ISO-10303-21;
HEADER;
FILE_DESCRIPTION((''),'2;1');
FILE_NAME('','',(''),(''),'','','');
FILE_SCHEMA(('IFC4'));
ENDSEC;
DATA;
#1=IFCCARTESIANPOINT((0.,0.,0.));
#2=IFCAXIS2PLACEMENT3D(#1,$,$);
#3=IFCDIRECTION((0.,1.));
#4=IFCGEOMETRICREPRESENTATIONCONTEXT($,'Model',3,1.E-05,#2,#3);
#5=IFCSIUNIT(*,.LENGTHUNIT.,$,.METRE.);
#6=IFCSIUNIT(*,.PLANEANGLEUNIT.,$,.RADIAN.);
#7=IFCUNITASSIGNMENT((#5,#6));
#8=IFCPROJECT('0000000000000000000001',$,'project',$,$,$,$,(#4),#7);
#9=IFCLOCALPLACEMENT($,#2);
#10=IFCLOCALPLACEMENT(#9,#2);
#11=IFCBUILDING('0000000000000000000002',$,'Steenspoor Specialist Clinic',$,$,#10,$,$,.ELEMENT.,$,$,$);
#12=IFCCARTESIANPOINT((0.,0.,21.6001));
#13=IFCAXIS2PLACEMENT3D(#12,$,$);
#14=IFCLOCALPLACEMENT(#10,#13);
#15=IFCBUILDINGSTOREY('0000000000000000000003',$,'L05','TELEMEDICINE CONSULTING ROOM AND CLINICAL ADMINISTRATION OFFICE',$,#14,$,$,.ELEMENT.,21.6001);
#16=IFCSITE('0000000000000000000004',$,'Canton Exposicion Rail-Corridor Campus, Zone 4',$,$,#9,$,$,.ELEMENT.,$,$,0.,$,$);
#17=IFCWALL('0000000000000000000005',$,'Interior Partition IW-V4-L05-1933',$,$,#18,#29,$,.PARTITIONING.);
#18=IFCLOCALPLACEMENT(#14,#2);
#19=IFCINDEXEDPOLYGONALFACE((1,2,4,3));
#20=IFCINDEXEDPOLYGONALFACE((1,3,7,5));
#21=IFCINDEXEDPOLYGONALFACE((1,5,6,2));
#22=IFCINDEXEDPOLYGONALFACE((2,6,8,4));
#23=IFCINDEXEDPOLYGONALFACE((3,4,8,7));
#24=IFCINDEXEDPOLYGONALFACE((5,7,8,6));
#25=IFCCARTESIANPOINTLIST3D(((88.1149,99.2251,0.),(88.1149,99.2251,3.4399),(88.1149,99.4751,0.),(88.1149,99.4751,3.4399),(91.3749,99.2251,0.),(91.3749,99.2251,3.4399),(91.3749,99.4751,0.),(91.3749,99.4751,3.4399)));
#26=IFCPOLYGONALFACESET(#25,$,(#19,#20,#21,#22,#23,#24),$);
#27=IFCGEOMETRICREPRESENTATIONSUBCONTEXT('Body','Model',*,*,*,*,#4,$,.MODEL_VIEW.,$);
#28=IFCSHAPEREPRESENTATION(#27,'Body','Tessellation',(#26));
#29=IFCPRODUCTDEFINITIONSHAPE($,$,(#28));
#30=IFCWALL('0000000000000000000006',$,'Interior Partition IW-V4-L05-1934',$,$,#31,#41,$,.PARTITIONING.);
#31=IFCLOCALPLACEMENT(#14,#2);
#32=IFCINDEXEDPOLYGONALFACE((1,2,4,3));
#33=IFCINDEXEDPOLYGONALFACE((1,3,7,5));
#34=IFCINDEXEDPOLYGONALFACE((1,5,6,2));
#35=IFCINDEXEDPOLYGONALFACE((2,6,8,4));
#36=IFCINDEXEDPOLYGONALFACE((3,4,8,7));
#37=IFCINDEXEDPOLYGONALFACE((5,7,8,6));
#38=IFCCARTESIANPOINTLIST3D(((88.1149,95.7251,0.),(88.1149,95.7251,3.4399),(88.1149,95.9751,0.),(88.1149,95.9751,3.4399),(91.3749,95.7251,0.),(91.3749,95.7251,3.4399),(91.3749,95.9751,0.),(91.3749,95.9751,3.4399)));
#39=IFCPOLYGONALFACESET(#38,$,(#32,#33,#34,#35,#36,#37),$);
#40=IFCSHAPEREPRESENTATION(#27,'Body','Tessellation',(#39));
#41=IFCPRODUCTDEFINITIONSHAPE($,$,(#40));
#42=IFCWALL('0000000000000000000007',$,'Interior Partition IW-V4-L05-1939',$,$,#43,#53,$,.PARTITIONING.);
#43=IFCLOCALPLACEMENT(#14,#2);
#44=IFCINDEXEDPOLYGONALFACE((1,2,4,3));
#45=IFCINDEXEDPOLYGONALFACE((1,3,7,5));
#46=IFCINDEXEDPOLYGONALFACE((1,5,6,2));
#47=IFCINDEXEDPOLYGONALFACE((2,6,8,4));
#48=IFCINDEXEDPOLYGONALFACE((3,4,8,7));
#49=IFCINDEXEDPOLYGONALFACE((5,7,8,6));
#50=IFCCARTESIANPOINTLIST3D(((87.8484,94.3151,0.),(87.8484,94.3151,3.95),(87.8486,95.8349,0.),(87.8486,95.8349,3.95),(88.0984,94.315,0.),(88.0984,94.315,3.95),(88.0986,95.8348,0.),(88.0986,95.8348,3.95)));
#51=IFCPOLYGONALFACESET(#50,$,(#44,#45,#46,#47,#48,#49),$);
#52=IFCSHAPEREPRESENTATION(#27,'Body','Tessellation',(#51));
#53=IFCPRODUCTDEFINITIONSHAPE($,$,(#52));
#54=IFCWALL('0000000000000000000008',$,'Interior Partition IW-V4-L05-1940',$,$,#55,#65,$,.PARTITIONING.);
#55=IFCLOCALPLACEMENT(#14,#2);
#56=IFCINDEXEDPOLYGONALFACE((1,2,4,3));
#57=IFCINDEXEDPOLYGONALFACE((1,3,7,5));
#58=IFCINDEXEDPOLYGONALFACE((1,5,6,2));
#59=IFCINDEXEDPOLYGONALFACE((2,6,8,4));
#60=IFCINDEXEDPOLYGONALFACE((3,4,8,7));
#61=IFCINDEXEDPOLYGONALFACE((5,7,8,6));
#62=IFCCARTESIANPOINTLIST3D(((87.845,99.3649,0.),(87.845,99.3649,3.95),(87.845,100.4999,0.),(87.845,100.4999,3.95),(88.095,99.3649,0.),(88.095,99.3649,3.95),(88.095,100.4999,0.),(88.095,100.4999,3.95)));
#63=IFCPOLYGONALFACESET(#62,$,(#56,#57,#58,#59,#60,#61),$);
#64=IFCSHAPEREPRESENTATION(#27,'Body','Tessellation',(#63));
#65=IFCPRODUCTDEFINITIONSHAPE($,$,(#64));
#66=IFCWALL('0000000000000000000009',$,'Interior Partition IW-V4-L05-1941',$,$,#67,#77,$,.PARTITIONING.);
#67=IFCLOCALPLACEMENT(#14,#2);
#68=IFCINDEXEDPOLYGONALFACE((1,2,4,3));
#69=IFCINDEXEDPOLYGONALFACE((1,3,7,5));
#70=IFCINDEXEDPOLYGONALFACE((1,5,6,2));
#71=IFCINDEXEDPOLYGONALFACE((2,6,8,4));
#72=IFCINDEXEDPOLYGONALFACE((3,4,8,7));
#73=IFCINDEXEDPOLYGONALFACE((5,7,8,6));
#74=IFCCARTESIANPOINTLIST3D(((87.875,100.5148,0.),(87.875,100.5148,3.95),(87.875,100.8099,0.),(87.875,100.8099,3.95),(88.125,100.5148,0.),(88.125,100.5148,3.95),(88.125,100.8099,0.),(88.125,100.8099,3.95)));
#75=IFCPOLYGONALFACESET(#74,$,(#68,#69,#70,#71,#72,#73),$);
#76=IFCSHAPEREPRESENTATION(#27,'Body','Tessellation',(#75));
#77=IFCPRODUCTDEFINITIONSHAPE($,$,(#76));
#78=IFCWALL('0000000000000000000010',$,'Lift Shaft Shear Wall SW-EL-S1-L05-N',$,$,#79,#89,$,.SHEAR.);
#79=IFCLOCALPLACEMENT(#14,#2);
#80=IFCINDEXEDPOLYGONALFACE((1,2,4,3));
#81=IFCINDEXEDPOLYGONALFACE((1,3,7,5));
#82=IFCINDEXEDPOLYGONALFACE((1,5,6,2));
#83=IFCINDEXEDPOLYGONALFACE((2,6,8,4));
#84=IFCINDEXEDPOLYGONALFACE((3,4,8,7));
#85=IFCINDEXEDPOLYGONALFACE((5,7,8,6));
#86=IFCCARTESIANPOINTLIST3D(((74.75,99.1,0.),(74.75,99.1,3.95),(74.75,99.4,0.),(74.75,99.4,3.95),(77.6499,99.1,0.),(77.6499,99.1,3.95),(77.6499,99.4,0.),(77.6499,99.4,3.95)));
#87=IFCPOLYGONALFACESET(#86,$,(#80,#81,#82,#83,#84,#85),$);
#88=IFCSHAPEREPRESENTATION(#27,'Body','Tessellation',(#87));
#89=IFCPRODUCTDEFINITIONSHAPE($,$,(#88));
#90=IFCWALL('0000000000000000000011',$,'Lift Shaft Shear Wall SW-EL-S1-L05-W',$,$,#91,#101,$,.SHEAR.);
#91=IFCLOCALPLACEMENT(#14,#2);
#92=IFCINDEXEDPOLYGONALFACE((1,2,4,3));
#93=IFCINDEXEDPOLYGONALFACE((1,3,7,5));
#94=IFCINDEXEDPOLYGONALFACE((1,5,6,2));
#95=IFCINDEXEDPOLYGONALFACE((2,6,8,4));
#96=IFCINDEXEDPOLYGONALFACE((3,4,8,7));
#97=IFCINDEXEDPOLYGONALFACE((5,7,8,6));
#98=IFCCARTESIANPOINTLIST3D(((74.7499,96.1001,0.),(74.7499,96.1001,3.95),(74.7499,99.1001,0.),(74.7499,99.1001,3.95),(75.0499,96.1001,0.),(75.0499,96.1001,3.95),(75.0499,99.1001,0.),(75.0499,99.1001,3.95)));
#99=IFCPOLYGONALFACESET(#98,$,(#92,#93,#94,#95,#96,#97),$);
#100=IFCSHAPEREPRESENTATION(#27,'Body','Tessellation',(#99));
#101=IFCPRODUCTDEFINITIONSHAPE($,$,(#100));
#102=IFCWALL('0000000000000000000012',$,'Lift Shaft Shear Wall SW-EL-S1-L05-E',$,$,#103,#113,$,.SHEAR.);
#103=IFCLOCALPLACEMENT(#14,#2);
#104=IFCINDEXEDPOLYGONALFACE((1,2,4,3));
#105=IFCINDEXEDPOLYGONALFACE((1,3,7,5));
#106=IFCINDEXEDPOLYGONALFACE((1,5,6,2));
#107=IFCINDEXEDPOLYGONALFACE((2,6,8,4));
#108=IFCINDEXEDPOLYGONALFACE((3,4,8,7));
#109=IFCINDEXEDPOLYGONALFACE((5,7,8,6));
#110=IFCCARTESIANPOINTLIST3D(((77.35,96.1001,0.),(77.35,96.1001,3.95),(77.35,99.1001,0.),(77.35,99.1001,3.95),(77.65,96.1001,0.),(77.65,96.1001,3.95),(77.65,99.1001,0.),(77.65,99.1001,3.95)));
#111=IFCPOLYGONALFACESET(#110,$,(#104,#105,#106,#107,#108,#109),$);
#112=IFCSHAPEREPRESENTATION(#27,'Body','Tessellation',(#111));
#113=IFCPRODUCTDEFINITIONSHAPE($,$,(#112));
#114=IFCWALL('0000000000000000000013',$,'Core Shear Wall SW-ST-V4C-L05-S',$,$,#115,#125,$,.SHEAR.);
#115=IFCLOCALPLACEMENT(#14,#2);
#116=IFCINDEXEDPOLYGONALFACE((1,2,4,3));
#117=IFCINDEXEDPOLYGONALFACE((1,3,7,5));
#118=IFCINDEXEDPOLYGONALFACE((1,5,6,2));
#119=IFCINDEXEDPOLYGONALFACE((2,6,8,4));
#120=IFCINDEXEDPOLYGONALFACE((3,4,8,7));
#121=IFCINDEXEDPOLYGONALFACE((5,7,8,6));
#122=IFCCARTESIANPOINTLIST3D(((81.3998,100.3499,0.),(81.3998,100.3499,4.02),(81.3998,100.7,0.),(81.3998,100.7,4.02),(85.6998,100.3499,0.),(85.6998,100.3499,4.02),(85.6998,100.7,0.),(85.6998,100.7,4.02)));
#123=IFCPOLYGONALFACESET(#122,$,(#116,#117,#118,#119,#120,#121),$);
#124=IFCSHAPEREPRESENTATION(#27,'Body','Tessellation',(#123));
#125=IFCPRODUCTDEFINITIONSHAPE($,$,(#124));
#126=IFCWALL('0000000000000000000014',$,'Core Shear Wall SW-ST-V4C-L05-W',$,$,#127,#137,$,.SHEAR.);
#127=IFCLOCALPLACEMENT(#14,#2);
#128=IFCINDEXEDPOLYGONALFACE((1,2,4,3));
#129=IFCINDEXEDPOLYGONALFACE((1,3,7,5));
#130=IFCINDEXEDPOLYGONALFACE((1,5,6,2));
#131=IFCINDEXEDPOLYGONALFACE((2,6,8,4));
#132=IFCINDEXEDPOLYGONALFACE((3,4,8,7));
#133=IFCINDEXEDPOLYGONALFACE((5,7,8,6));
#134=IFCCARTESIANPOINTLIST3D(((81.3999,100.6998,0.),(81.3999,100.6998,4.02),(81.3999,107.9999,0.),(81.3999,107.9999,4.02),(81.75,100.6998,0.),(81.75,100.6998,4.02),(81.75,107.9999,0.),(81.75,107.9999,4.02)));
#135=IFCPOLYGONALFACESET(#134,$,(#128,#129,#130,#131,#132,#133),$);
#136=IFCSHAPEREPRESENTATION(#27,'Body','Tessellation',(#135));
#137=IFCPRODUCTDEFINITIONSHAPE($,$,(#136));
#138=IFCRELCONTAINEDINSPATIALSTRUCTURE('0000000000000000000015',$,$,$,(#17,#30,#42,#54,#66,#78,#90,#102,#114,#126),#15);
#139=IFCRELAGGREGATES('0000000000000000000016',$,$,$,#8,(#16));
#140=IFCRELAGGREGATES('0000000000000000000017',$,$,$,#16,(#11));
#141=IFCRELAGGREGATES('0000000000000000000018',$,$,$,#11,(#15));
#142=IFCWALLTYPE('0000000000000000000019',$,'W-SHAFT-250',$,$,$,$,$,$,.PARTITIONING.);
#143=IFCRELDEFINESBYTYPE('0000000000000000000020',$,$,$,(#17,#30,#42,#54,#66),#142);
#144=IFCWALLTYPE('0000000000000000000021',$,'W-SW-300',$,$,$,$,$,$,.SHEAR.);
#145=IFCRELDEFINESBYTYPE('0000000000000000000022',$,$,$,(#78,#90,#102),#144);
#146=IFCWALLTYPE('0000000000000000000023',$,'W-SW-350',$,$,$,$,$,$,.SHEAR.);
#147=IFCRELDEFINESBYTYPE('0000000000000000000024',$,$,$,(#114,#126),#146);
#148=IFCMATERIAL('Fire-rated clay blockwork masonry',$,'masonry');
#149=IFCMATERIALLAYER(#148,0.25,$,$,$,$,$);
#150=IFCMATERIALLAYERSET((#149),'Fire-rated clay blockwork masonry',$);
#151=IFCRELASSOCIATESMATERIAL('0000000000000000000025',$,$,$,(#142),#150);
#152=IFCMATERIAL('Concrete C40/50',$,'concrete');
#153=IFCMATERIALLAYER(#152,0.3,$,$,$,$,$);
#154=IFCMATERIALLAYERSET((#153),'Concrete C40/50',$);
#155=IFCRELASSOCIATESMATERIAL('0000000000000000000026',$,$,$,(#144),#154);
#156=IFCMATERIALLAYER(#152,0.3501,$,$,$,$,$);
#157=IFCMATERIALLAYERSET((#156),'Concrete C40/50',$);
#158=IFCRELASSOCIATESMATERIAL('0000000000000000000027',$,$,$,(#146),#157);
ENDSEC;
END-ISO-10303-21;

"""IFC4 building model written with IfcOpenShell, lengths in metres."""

from ifc_helpers import new_model, si_unit, direction, frame, frame_2d, origin, place, context, subcontext, project, spatial, rectangle, extrude, material, layer, layer_set, type_object, element, save


model = new_model("IFC4")

# Units and contexts
model_context = context("Model", 3, precision=1e-05, world=origin(), true_north=direction((0.0, 1.0)))
body_context = subcontext(model_context, "Body", "Model", "MODEL_VIEW")
ifc_project = project(units=[si_unit("LENGTHUNIT", "METRE"), si_unit("PLANEANGLEUNIT", "RADIAN")], contexts=[model_context])

# Site, building, storey
site_placement = place(None, origin())
site = spatial("IfcSite", under=ifc_project, at=site_placement, Name="Canton Exposicion Rail-Corridor Campus, Zone 4", CompositionType="ELEMENT", RefElevation=0.0)
building_placement = place(site_placement, origin())
building = spatial("IfcBuilding", under=site, at=building_placement, Name="Steenspoor Specialist Clinic", CompositionType="ELEMENT")
storey_placement = place(building_placement, frame((0.0, 0.0, 21.6001)))
storey = spatial("IfcBuildingStorey", under=building, at=storey_placement, Name="L05", Description="TELEMEDICINE CONSULTING ROOM AND CLINICAL ADMINISTRATION OFFICE", CompositionType="ELEMENT", Elevation=21.6001)

# Shared definitions
ifc_material_1 = material(Name="Concrete C40/50", Category="concrete")

# Shared definitions
ifc_material_2 = material(Name="Fire-rated clay blockwork masonry", Category="masonry")
ifc_layer_1 = layer(ifc_material_2, 0.25)
ifc_layer_set_1 = layer_set([ifc_layer_1], Name="Fire-rated clay blockwork masonry")
wall_type_1 = type_object("IfcWallType", Name="W-SHAFT-250", PredefinedType="PARTITIONING", material=ifc_layer_set_1)

# Walls
for number, where, z_axis, x_axis, name in (
    (1, (88.115, 99.3501, 0.0), (0.0, 0.0, 1.0), (1.0, 0.0, 0.0), "Interior Partition IW-V4-L05-1933"),
    (2, (88.115, 95.8501, 0.0), (0.0, 0.0, 1.0), (1.0, 0.0, 0.0), "Interior Partition IW-V4-L05-1934"),
):
    element("IfcWall", number, at=place(storey_placement, frame(where, z_axis=z_axis, x_axis=x_axis)), inside=storey, type_object=wall_type_1, Name=name, PredefinedType="PARTITIONING", context=body_context, shape_type="SweptSolid", body=[
        extrude(rectangle(XDim=3.26, YDim=0.25, at=frame_2d((1.6299, 0.0))), origin(), (0.0, 0.0, 1.0), 3.4399),
    ])
wall_1_placement = place(storey_placement, frame((87.9734, 94.3152, 0.0), z_axis=(0.0, 0.0, 1.0), x_axis=(0.000161, 1.0, 0.0)))
element("IfcWall", 3, at=wall_1_placement, inside=storey, type_object=wall_type_1, Name="Interior Partition IW-V4-L05-1939", PredefinedType="PARTITIONING", context=body_context, shape_type="SweptSolid", body=[
    extrude(rectangle(XDim=1.5198, YDim=0.25, at=frame_2d((0.7598, 0.0))), origin(), (0.0, 0.0, 1.0), 3.95),
])
wall_2_placement = place(storey_placement, frame((87.97, 99.365, 0.0), z_axis=(0.0, 0.0, 1.0), x_axis=(0.0, 1.0, 0.0)))
element("IfcWall", 4, at=wall_2_placement, inside=storey, type_object=wall_type_1, Name="Interior Partition IW-V4-L05-1940", PredefinedType="PARTITIONING", context=body_context, shape_type="SweptSolid", body=[
    extrude(rectangle(XDim=1.135, YDim=0.25, at=frame_2d((0.5674, 0.0))), origin(), (0.0, 0.0, 1.0), 3.95),
])
wall_3_placement = place(storey_placement, frame((88.0, 100.5149, 0.0), z_axis=(0.0, 0.0, 1.0), x_axis=(0.0, 1.0, 0.0)))
element("IfcWall", 5, at=wall_3_placement, inside=storey, type_object=wall_type_1, Name="Interior Partition IW-V4-L05-1941", PredefinedType="PARTITIONING", context=body_context, shape_type="SweptSolid", body=[
    extrude(rectangle(XDim=0.2952, YDim=0.25, at=frame_2d((0.1475, 0.0))), origin(), (0.0, 0.0, 1.0), 3.95),
])

# Shared definitions
ifc_layer_2 = layer(ifc_material_1, 0.3)
ifc_layer_set_2 = layer_set([ifc_layer_2], Name="Concrete C40/50")
wall_type_2 = type_object("IfcWallType", Name="W-SW-300", PredefinedType="SHEAR", material=ifc_layer_set_2)

# Walls
wall_4_placement = place(storey_placement, frame((74.75, 99.25, 0.0), z_axis=(0.0, 0.0, 1.0), x_axis=(1.0, 0.0, 0.0)))
element("IfcWall", 6, at=wall_4_placement, inside=storey, type_object=wall_type_2, Name="Lift Shaft Shear Wall SW-EL-S1-L05-N", PredefinedType="SHEAR", context=body_context, shape_type="SweptSolid", body=[
    extrude(rectangle(XDim=2.8999, YDim=0.3, at=frame_2d((1.45, 0.0))), origin(), (0.0, 0.0, 1.0), 3.95),
])
for number, where, z_axis, x_axis, name in (
    (7, (74.8999, 96.1001, 0.0), (0.0, 0.0, 1.0), (0.0, 1.0, 0.0), "Lift Shaft Shear Wall SW-EL-S1-L05-W"),
    (8, (77.5, 96.1001, 0.0), (0.0, 0.0, 1.0), (0.0, 1.0, 0.0), "Lift Shaft Shear Wall SW-EL-S1-L05-E"),
):
    element("IfcWall", number, at=place(storey_placement, frame(where, z_axis=z_axis, x_axis=x_axis)), inside=storey, type_object=wall_type_2, Name=name, PredefinedType="SHEAR", context=body_context, shape_type="SweptSolid", body=[
        extrude(rectangle(XDim=3.0, YDim=0.3, at=frame_2d((1.5, 0.0))), origin(), (0.0, 0.0, 1.0), 3.95),
    ])
ifc_layer_3 = layer(ifc_material_1, 0.3501)
ifc_layer_set_3 = layer_set([ifc_layer_3], Name="Concrete C40/50")
wall_type_3 = type_object("IfcWallType", Name="W-SW-350", PredefinedType="SHEAR", material=ifc_layer_set_3)
wall_5_placement = place(storey_placement, frame((81.3999, 100.5249, 0.0), z_axis=(0.0, 0.0, 1.0), x_axis=(1.0, 0.0, 0.0)))
element("IfcWall", 9, at=wall_5_placement, inside=storey, type_object=wall_type_3, Name="Core Shear Wall SW-ST-V4C-L05-S", PredefinedType="SHEAR", context=body_context, shape_type="SweptSolid", body=[
    extrude(rectangle(XDim=4.3, YDim=0.3501, at=frame_2d((2.1499, 0.0))), origin(), (0.0, 0.0, 1.0), 4.02),
])
wall_6_placement = place(storey_placement, frame((81.575, 100.7, 0.0), z_axis=(0.0, 0.0, 1.0), x_axis=(0.0, 1.0, 0.0)))
element("IfcWall", 10, at=wall_6_placement, inside=storey, type_object=wall_type_3, Name="Core Shear Wall SW-ST-V4C-L05-W", PredefinedType="SHEAR", context=body_context, shape_type="SweptSolid", body=[
    extrude(rectangle(XDim=7.3, YDim=0.3501, at=frame_2d((3.6499, 0.0))), origin(), (0.0, 0.0, 1.0), 4.02),
])

save(model, "model.ifc")
